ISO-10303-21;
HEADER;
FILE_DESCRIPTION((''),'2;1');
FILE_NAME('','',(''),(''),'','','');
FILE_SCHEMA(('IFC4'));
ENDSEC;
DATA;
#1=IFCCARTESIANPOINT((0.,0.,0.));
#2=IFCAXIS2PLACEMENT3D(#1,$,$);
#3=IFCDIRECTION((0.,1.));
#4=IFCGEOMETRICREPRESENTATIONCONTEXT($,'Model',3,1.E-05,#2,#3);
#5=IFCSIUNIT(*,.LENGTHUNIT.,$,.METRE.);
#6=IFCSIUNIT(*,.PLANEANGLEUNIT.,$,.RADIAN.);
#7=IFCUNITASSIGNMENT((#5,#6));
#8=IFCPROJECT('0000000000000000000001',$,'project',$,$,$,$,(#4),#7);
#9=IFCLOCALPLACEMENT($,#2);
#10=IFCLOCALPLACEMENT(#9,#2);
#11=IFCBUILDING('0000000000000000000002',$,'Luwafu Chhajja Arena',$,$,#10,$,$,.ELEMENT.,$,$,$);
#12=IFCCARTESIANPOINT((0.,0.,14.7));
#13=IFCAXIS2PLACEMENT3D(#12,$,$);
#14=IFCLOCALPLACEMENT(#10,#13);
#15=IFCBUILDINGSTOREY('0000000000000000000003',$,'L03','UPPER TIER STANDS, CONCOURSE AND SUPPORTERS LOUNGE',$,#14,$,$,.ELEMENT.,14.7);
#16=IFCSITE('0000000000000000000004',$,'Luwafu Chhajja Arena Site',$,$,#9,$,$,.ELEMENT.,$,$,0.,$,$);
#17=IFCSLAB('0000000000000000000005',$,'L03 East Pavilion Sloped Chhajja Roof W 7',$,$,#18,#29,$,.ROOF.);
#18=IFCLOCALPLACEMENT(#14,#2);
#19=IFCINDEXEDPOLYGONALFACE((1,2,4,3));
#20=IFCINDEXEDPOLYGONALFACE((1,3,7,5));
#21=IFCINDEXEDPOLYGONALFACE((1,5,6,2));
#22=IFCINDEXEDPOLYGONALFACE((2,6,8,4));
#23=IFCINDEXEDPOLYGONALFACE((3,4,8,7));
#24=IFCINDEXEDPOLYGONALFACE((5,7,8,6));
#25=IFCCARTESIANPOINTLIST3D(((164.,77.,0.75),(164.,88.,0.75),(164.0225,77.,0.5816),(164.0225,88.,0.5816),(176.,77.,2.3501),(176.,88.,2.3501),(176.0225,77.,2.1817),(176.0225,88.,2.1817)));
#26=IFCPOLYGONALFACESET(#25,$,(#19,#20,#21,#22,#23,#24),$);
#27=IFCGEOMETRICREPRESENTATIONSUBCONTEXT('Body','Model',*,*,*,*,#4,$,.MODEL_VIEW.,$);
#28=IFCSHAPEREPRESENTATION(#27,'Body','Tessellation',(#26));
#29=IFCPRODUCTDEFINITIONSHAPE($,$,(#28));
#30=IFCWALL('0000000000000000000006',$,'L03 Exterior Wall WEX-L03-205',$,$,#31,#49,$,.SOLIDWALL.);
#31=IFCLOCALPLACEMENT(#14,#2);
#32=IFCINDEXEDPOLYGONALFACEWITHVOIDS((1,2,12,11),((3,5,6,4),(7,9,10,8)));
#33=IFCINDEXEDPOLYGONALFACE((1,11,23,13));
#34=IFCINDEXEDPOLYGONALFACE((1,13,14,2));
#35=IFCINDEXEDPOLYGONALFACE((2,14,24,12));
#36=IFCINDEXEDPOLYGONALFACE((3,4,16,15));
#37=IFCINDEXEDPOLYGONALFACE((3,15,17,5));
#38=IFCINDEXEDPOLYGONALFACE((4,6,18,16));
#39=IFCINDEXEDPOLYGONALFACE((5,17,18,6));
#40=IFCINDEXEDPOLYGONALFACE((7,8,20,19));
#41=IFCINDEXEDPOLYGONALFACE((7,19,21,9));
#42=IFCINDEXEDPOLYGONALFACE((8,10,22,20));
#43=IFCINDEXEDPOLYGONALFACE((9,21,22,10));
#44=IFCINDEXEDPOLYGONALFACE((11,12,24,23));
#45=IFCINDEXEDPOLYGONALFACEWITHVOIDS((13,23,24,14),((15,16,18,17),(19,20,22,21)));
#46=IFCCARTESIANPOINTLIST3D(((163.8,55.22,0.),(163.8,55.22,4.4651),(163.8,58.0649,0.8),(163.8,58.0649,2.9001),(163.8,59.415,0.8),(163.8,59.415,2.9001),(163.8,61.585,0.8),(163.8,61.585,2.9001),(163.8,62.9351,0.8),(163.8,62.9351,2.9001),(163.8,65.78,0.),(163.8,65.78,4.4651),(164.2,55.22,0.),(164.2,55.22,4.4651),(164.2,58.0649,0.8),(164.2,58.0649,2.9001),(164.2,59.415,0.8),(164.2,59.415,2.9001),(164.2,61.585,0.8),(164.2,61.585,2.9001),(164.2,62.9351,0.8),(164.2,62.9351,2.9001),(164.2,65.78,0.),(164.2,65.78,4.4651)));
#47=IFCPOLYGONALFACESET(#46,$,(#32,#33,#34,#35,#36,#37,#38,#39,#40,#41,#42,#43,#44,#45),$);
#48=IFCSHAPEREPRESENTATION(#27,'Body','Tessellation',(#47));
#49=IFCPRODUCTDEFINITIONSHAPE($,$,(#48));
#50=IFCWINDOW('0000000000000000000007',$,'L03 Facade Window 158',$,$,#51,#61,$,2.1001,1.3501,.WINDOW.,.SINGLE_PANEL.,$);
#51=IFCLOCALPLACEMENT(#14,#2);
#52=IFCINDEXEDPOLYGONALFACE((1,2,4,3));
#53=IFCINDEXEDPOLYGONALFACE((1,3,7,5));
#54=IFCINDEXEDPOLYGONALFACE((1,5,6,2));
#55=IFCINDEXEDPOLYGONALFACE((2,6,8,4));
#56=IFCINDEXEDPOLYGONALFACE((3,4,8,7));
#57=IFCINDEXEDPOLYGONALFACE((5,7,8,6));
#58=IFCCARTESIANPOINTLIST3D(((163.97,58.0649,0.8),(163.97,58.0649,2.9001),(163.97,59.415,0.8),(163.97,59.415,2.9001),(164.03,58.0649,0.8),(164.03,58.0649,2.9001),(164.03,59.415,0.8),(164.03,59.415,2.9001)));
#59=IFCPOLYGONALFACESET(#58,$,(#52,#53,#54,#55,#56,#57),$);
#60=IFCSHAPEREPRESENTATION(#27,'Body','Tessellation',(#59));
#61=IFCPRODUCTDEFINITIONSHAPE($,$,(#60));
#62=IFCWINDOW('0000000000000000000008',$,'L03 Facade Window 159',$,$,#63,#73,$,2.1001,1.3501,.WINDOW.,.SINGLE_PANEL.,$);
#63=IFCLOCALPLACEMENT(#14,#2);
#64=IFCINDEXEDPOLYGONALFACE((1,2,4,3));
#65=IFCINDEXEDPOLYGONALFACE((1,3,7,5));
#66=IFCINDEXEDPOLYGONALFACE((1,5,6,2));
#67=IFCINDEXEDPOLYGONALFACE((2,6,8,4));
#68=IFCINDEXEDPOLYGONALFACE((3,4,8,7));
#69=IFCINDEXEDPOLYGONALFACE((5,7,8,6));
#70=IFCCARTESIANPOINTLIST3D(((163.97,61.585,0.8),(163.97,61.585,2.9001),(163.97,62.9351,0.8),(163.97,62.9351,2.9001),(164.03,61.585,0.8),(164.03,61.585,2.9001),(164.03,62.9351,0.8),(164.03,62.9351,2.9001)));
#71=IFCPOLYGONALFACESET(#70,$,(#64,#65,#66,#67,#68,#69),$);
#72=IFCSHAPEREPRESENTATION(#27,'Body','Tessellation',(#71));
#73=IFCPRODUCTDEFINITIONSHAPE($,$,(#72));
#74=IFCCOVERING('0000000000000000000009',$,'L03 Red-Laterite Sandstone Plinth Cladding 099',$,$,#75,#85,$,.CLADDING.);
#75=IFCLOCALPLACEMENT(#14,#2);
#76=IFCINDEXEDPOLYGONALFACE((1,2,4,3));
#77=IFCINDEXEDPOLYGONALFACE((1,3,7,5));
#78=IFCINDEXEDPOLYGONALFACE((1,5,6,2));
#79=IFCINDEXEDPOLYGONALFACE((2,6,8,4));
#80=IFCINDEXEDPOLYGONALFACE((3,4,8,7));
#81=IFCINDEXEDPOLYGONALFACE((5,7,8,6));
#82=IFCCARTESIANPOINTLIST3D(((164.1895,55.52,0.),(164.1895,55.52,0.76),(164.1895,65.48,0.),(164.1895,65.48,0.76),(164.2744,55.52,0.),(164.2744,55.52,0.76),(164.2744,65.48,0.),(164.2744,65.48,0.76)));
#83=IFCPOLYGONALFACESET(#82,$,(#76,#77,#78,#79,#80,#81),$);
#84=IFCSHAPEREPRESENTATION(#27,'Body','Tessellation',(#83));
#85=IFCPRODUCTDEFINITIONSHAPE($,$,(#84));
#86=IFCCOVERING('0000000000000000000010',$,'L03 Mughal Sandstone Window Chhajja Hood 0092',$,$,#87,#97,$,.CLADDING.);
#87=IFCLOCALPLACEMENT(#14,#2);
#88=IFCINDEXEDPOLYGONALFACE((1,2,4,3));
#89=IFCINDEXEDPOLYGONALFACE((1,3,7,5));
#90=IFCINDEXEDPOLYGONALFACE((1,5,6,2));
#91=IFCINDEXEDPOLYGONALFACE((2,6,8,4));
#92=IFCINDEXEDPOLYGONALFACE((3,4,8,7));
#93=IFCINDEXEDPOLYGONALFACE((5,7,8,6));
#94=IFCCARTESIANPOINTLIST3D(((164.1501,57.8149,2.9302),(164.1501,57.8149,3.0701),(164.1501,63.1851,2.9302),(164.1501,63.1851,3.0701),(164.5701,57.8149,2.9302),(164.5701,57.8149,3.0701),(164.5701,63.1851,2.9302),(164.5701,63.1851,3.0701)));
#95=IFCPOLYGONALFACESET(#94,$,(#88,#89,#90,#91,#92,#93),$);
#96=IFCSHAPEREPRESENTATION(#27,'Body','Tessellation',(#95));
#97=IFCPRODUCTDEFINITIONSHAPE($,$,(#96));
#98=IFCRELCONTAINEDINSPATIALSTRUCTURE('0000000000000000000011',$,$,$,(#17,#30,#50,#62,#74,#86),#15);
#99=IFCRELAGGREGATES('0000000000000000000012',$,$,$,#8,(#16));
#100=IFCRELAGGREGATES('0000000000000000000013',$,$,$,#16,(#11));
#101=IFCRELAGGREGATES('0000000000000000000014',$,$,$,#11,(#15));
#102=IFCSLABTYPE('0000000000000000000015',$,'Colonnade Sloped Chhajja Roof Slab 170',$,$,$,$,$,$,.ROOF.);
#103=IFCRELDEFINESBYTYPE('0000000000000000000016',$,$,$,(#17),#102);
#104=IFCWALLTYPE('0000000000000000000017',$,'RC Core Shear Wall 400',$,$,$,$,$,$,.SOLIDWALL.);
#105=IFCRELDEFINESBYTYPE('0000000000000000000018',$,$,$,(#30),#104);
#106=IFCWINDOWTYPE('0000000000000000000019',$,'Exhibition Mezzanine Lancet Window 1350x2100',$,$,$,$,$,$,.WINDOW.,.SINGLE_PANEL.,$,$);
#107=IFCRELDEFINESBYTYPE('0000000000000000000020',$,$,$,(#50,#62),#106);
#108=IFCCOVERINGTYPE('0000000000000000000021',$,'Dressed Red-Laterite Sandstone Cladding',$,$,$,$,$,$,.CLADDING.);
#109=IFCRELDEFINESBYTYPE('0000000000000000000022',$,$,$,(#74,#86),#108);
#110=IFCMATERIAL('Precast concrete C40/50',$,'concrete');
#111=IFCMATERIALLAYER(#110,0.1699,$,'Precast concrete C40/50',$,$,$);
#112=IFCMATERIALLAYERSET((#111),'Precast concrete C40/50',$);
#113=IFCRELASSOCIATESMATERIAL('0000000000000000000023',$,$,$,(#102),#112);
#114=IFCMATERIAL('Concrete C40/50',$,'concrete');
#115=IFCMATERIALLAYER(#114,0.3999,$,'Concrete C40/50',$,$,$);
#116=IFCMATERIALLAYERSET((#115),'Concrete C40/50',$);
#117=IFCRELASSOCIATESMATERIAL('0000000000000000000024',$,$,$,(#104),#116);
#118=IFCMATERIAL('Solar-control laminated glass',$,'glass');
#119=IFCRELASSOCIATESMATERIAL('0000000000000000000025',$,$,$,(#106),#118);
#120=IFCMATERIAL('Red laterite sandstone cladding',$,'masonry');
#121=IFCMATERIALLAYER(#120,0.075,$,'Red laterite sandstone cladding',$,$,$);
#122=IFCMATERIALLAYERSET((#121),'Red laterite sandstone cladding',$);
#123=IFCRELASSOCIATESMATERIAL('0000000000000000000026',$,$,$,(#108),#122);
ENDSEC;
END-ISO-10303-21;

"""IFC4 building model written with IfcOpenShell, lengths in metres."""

from ifc_helpers import new_model, si_unit, direction, frame, frame_2d, origin, origin_2d, place, context, subcontext, project, spatial, polyline, rectangle, outline, extrude, material, layer, layer_set, type_object, element, fill, save


model = new_model("IFC4")

# Units and contexts
model_context = context("Model", 3, precision=1e-05, world=origin(), true_north=direction((0.0, 1.0)))
body_context = subcontext(model_context, "Body", "Model", "MODEL_VIEW")
ifc_project = project(units=[si_unit("LENGTHUNIT", "METRE"), si_unit("PLANEANGLEUNIT", "RADIAN")], contexts=[model_context])

# Site, building, storey
site_placement = place(None, origin())
site = spatial("IfcSite", under=ifc_project, at=site_placement, Name="Luwafu Chhajja Arena Site", CompositionType="ELEMENT", RefElevation=0.0)
building_placement = place(site_placement, origin())
building = spatial("IfcBuilding", under=site, at=building_placement, Name="Luwafu Chhajja Arena", CompositionType="ELEMENT")
storey_placement = place(building_placement, frame((0.0, 0.0, 14.7)))
storey = spatial("IfcBuildingStorey", under=building, at=storey_placement, Name="L03", Description="UPPER TIER STANDS, CONCOURSE AND SUPPORTERS LOUNGE", CompositionType="ELEMENT", Elevation=14.7)

# Slab
ifc_material_1 = material(Name="Precast concrete C40/50", Category="concrete")
ifc_layer_1 = layer(ifc_material_1, 0.1699, Name="Precast concrete C40/50")
ifc_layer_set_1 = layer_set([ifc_layer_1], Name="Precast concrete C40/50")
slab_type = type_object("IfcSlabType", Name="Colonnade Sloped Chhajja Roof Slab 170", PredefinedType="ROOF", material=ifc_layer_set_1)
slab_1_placement = place(storey_placement, frame((164.0, 77.0, 0.75), z_axis=(-0.132172, 0.0, 0.991227), x_axis=(0.991227, 0.0, 0.132172)))
element("IfcSlab", 1, at=slab_1_placement, inside=storey, type_object=slab_type, Name="L03 East Pavilion Sloped Chhajja Roof W 7", PredefinedType="ROOF", context=body_context, shape_type="SweptSolid", body=[
    extrude(outline(polyline([(0.0, 0.0), (12.1062, 0.0), (12.1062, 11.0), (0.0, 11.0), (0.0, 0.0)])), origin(), (0.0, 0.0, -1.0), 0.1699),
])

# Wall, openings, windows
ifc_material_2 = material(Name="Concrete C40/50", Category="concrete")
ifc_layer_2 = layer(ifc_material_2, 0.3999, Name="Concrete C40/50")
ifc_layer_set_2 = layer_set([ifc_layer_2], Name="Concrete C40/50")
wall_type = type_object("IfcWallType", Name="RC Core Shear Wall 400", PredefinedType="SOLIDWALL", material=ifc_layer_set_2)
wall_placement = place(storey_placement, frame((164.0, 55.22, 0.0), z_axis=(0.0, 0.0, 1.0), x_axis=(0.0, 1.0, 0.0)))
wall = element("IfcWall", 2, at=wall_placement, inside=storey, type_object=wall_type, Name="L03 Exterior Wall WEX-L03-205", PredefinedType="SOLIDWALL", context=body_context, shape_type="SweptSolid", body=[
    extrude(rectangle(XDim=10.5601, YDim=0.3999, at=frame_2d((5.28, 0.0))), origin(), (0.0, 0.0, 1.0), 4.4651),
])
opening_1_placement = place(wall_placement, frame((2.845, 0.0, 0.8)))
opening_1 = element("IfcOpeningElement", 3, at=opening_1_placement, cuts=wall, PredefinedType="OPENING", context=body_context, shape_type="SweptSolid", body=[
    extrude(rectangle(XDim=1.3501, YDim=2.1001, at=frame_2d((0.675, 1.05))), frame((0.0, 0.21, 0.0), z_axis=(0.0, -1.0, 0.0), x_axis=(1.0, 0.0, 0.0)), (0.0, 0.0, 1.0), 0.4199),
])
opening_2_placement = place(wall_placement, frame((6.365, 0.0, 0.8)))
opening_2 = element("IfcOpeningElement", 4, at=opening_2_placement, cuts=wall, PredefinedType="OPENING", context=body_context, shape_type="SweptSolid", body=[
    extrude(rectangle(XDim=1.3501, YDim=2.1001, at=frame_2d((0.675, 1.05))), frame((0.0, 0.21, 0.0), z_axis=(0.0, -1.0, 0.0), x_axis=(1.0, 0.0, 0.0)), (0.0, 0.0, 1.0), 0.4199),
])
ifc_material_3 = material(Name="Solar-control laminated glass", Category="glass")
window_type = type_object("IfcWindowType", Name="Exhibition Mezzanine Lancet Window 1350x2100", PartitioningType="SINGLE_PANEL", PredefinedType="WINDOW", material=ifc_material_3)
window_1_placement = place(opening_1_placement, origin())
window_1 = element("IfcWindow", 5, at=window_1_placement, inside=storey, type_object=window_type, Name="L03 Facade Window 158", OverallHeight=2.1001, OverallWidth=1.3501, PartitioningType="SINGLE_PANEL", PredefinedType="WINDOW", context=body_context, shape_type="SweptSolid", body=[
    extrude(rectangle(XDim=1.3501, YDim=2.1001, at=frame_2d((0.675, 1.05))), frame((0.0, 0.03, 0.0), z_axis=(0.0, -1.0, 0.0), x_axis=(1.0, 0.0, 0.0)), (0.0, 0.0, 1.0), 0.0601),
])
fill(opening_1, window_1)
window_2_placement = place(opening_2_placement, origin())
window_2 = element("IfcWindow", 6, at=window_2_placement, inside=storey, type_object=window_type, Name="L03 Facade Window 159", OverallHeight=2.1001, OverallWidth=1.3501, PartitioningType="SINGLE_PANEL", PredefinedType="WINDOW", context=body_context, shape_type="SweptSolid", body=[
    extrude(rectangle(XDim=1.3501, YDim=2.1001, at=frame_2d((0.675, 1.05))), frame((0.0, 0.03, 0.0), z_axis=(0.0, -1.0, 0.0), x_axis=(1.0, 0.0, 0.0)), (0.0, 0.0, 1.0), 0.0601),
])
fill(opening_2, window_2)

# Coverings
ifc_material_4 = material(Name="Red laterite sandstone cladding", Category="masonry")
ifc_layer_3 = layer(ifc_material_4, 0.075, Name="Red laterite sandstone cladding")
ifc_layer_set_3 = layer_set([ifc_layer_3], Name="Red laterite sandstone cladding")
covering_type = type_object("IfcCoveringType", Name="Dressed Red-Laterite Sandstone Cladding", PredefinedType="CLADDING", material=ifc_layer_set_3)
covering_1_placement = place(storey_placement, frame((164.2319, 60.5, 0.0), z_axis=(0.0, 0.0, 1.0), x_axis=(0.0, 1.0, 0.0)))
element("IfcCovering", 7, at=covering_1_placement, inside=storey, type_object=covering_type, Name="L03 Red-Laterite Sandstone Plinth Cladding 099", PredefinedType="CLADDING", context=body_context, shape_type="SweptSolid", body=[
    extrude(rectangle(XDim=9.96, YDim=0.085, at=origin_2d()), origin(), (0.0, 0.0, 1.0), 0.76),
])
covering_2_placement = place(storey_placement, frame((164.3601, 60.5, 2.9302), z_axis=(0.0, 0.0, 1.0), x_axis=(0.0, 1.0, 0.0)))
element("IfcCovering", 8, at=covering_2_placement, inside=storey, type_object=covering_type, Name="L03 Mughal Sandstone Window Chhajja Hood 0092", PredefinedType="CLADDING", context=body_context, shape_type="SweptSolid", body=[
    extrude(rectangle(XDim=5.3701, YDim=0.4199, at=origin_2d()), origin(), (0.0, 0.0, 1.0), 0.1399),
])

save(model, "model.ifc")
